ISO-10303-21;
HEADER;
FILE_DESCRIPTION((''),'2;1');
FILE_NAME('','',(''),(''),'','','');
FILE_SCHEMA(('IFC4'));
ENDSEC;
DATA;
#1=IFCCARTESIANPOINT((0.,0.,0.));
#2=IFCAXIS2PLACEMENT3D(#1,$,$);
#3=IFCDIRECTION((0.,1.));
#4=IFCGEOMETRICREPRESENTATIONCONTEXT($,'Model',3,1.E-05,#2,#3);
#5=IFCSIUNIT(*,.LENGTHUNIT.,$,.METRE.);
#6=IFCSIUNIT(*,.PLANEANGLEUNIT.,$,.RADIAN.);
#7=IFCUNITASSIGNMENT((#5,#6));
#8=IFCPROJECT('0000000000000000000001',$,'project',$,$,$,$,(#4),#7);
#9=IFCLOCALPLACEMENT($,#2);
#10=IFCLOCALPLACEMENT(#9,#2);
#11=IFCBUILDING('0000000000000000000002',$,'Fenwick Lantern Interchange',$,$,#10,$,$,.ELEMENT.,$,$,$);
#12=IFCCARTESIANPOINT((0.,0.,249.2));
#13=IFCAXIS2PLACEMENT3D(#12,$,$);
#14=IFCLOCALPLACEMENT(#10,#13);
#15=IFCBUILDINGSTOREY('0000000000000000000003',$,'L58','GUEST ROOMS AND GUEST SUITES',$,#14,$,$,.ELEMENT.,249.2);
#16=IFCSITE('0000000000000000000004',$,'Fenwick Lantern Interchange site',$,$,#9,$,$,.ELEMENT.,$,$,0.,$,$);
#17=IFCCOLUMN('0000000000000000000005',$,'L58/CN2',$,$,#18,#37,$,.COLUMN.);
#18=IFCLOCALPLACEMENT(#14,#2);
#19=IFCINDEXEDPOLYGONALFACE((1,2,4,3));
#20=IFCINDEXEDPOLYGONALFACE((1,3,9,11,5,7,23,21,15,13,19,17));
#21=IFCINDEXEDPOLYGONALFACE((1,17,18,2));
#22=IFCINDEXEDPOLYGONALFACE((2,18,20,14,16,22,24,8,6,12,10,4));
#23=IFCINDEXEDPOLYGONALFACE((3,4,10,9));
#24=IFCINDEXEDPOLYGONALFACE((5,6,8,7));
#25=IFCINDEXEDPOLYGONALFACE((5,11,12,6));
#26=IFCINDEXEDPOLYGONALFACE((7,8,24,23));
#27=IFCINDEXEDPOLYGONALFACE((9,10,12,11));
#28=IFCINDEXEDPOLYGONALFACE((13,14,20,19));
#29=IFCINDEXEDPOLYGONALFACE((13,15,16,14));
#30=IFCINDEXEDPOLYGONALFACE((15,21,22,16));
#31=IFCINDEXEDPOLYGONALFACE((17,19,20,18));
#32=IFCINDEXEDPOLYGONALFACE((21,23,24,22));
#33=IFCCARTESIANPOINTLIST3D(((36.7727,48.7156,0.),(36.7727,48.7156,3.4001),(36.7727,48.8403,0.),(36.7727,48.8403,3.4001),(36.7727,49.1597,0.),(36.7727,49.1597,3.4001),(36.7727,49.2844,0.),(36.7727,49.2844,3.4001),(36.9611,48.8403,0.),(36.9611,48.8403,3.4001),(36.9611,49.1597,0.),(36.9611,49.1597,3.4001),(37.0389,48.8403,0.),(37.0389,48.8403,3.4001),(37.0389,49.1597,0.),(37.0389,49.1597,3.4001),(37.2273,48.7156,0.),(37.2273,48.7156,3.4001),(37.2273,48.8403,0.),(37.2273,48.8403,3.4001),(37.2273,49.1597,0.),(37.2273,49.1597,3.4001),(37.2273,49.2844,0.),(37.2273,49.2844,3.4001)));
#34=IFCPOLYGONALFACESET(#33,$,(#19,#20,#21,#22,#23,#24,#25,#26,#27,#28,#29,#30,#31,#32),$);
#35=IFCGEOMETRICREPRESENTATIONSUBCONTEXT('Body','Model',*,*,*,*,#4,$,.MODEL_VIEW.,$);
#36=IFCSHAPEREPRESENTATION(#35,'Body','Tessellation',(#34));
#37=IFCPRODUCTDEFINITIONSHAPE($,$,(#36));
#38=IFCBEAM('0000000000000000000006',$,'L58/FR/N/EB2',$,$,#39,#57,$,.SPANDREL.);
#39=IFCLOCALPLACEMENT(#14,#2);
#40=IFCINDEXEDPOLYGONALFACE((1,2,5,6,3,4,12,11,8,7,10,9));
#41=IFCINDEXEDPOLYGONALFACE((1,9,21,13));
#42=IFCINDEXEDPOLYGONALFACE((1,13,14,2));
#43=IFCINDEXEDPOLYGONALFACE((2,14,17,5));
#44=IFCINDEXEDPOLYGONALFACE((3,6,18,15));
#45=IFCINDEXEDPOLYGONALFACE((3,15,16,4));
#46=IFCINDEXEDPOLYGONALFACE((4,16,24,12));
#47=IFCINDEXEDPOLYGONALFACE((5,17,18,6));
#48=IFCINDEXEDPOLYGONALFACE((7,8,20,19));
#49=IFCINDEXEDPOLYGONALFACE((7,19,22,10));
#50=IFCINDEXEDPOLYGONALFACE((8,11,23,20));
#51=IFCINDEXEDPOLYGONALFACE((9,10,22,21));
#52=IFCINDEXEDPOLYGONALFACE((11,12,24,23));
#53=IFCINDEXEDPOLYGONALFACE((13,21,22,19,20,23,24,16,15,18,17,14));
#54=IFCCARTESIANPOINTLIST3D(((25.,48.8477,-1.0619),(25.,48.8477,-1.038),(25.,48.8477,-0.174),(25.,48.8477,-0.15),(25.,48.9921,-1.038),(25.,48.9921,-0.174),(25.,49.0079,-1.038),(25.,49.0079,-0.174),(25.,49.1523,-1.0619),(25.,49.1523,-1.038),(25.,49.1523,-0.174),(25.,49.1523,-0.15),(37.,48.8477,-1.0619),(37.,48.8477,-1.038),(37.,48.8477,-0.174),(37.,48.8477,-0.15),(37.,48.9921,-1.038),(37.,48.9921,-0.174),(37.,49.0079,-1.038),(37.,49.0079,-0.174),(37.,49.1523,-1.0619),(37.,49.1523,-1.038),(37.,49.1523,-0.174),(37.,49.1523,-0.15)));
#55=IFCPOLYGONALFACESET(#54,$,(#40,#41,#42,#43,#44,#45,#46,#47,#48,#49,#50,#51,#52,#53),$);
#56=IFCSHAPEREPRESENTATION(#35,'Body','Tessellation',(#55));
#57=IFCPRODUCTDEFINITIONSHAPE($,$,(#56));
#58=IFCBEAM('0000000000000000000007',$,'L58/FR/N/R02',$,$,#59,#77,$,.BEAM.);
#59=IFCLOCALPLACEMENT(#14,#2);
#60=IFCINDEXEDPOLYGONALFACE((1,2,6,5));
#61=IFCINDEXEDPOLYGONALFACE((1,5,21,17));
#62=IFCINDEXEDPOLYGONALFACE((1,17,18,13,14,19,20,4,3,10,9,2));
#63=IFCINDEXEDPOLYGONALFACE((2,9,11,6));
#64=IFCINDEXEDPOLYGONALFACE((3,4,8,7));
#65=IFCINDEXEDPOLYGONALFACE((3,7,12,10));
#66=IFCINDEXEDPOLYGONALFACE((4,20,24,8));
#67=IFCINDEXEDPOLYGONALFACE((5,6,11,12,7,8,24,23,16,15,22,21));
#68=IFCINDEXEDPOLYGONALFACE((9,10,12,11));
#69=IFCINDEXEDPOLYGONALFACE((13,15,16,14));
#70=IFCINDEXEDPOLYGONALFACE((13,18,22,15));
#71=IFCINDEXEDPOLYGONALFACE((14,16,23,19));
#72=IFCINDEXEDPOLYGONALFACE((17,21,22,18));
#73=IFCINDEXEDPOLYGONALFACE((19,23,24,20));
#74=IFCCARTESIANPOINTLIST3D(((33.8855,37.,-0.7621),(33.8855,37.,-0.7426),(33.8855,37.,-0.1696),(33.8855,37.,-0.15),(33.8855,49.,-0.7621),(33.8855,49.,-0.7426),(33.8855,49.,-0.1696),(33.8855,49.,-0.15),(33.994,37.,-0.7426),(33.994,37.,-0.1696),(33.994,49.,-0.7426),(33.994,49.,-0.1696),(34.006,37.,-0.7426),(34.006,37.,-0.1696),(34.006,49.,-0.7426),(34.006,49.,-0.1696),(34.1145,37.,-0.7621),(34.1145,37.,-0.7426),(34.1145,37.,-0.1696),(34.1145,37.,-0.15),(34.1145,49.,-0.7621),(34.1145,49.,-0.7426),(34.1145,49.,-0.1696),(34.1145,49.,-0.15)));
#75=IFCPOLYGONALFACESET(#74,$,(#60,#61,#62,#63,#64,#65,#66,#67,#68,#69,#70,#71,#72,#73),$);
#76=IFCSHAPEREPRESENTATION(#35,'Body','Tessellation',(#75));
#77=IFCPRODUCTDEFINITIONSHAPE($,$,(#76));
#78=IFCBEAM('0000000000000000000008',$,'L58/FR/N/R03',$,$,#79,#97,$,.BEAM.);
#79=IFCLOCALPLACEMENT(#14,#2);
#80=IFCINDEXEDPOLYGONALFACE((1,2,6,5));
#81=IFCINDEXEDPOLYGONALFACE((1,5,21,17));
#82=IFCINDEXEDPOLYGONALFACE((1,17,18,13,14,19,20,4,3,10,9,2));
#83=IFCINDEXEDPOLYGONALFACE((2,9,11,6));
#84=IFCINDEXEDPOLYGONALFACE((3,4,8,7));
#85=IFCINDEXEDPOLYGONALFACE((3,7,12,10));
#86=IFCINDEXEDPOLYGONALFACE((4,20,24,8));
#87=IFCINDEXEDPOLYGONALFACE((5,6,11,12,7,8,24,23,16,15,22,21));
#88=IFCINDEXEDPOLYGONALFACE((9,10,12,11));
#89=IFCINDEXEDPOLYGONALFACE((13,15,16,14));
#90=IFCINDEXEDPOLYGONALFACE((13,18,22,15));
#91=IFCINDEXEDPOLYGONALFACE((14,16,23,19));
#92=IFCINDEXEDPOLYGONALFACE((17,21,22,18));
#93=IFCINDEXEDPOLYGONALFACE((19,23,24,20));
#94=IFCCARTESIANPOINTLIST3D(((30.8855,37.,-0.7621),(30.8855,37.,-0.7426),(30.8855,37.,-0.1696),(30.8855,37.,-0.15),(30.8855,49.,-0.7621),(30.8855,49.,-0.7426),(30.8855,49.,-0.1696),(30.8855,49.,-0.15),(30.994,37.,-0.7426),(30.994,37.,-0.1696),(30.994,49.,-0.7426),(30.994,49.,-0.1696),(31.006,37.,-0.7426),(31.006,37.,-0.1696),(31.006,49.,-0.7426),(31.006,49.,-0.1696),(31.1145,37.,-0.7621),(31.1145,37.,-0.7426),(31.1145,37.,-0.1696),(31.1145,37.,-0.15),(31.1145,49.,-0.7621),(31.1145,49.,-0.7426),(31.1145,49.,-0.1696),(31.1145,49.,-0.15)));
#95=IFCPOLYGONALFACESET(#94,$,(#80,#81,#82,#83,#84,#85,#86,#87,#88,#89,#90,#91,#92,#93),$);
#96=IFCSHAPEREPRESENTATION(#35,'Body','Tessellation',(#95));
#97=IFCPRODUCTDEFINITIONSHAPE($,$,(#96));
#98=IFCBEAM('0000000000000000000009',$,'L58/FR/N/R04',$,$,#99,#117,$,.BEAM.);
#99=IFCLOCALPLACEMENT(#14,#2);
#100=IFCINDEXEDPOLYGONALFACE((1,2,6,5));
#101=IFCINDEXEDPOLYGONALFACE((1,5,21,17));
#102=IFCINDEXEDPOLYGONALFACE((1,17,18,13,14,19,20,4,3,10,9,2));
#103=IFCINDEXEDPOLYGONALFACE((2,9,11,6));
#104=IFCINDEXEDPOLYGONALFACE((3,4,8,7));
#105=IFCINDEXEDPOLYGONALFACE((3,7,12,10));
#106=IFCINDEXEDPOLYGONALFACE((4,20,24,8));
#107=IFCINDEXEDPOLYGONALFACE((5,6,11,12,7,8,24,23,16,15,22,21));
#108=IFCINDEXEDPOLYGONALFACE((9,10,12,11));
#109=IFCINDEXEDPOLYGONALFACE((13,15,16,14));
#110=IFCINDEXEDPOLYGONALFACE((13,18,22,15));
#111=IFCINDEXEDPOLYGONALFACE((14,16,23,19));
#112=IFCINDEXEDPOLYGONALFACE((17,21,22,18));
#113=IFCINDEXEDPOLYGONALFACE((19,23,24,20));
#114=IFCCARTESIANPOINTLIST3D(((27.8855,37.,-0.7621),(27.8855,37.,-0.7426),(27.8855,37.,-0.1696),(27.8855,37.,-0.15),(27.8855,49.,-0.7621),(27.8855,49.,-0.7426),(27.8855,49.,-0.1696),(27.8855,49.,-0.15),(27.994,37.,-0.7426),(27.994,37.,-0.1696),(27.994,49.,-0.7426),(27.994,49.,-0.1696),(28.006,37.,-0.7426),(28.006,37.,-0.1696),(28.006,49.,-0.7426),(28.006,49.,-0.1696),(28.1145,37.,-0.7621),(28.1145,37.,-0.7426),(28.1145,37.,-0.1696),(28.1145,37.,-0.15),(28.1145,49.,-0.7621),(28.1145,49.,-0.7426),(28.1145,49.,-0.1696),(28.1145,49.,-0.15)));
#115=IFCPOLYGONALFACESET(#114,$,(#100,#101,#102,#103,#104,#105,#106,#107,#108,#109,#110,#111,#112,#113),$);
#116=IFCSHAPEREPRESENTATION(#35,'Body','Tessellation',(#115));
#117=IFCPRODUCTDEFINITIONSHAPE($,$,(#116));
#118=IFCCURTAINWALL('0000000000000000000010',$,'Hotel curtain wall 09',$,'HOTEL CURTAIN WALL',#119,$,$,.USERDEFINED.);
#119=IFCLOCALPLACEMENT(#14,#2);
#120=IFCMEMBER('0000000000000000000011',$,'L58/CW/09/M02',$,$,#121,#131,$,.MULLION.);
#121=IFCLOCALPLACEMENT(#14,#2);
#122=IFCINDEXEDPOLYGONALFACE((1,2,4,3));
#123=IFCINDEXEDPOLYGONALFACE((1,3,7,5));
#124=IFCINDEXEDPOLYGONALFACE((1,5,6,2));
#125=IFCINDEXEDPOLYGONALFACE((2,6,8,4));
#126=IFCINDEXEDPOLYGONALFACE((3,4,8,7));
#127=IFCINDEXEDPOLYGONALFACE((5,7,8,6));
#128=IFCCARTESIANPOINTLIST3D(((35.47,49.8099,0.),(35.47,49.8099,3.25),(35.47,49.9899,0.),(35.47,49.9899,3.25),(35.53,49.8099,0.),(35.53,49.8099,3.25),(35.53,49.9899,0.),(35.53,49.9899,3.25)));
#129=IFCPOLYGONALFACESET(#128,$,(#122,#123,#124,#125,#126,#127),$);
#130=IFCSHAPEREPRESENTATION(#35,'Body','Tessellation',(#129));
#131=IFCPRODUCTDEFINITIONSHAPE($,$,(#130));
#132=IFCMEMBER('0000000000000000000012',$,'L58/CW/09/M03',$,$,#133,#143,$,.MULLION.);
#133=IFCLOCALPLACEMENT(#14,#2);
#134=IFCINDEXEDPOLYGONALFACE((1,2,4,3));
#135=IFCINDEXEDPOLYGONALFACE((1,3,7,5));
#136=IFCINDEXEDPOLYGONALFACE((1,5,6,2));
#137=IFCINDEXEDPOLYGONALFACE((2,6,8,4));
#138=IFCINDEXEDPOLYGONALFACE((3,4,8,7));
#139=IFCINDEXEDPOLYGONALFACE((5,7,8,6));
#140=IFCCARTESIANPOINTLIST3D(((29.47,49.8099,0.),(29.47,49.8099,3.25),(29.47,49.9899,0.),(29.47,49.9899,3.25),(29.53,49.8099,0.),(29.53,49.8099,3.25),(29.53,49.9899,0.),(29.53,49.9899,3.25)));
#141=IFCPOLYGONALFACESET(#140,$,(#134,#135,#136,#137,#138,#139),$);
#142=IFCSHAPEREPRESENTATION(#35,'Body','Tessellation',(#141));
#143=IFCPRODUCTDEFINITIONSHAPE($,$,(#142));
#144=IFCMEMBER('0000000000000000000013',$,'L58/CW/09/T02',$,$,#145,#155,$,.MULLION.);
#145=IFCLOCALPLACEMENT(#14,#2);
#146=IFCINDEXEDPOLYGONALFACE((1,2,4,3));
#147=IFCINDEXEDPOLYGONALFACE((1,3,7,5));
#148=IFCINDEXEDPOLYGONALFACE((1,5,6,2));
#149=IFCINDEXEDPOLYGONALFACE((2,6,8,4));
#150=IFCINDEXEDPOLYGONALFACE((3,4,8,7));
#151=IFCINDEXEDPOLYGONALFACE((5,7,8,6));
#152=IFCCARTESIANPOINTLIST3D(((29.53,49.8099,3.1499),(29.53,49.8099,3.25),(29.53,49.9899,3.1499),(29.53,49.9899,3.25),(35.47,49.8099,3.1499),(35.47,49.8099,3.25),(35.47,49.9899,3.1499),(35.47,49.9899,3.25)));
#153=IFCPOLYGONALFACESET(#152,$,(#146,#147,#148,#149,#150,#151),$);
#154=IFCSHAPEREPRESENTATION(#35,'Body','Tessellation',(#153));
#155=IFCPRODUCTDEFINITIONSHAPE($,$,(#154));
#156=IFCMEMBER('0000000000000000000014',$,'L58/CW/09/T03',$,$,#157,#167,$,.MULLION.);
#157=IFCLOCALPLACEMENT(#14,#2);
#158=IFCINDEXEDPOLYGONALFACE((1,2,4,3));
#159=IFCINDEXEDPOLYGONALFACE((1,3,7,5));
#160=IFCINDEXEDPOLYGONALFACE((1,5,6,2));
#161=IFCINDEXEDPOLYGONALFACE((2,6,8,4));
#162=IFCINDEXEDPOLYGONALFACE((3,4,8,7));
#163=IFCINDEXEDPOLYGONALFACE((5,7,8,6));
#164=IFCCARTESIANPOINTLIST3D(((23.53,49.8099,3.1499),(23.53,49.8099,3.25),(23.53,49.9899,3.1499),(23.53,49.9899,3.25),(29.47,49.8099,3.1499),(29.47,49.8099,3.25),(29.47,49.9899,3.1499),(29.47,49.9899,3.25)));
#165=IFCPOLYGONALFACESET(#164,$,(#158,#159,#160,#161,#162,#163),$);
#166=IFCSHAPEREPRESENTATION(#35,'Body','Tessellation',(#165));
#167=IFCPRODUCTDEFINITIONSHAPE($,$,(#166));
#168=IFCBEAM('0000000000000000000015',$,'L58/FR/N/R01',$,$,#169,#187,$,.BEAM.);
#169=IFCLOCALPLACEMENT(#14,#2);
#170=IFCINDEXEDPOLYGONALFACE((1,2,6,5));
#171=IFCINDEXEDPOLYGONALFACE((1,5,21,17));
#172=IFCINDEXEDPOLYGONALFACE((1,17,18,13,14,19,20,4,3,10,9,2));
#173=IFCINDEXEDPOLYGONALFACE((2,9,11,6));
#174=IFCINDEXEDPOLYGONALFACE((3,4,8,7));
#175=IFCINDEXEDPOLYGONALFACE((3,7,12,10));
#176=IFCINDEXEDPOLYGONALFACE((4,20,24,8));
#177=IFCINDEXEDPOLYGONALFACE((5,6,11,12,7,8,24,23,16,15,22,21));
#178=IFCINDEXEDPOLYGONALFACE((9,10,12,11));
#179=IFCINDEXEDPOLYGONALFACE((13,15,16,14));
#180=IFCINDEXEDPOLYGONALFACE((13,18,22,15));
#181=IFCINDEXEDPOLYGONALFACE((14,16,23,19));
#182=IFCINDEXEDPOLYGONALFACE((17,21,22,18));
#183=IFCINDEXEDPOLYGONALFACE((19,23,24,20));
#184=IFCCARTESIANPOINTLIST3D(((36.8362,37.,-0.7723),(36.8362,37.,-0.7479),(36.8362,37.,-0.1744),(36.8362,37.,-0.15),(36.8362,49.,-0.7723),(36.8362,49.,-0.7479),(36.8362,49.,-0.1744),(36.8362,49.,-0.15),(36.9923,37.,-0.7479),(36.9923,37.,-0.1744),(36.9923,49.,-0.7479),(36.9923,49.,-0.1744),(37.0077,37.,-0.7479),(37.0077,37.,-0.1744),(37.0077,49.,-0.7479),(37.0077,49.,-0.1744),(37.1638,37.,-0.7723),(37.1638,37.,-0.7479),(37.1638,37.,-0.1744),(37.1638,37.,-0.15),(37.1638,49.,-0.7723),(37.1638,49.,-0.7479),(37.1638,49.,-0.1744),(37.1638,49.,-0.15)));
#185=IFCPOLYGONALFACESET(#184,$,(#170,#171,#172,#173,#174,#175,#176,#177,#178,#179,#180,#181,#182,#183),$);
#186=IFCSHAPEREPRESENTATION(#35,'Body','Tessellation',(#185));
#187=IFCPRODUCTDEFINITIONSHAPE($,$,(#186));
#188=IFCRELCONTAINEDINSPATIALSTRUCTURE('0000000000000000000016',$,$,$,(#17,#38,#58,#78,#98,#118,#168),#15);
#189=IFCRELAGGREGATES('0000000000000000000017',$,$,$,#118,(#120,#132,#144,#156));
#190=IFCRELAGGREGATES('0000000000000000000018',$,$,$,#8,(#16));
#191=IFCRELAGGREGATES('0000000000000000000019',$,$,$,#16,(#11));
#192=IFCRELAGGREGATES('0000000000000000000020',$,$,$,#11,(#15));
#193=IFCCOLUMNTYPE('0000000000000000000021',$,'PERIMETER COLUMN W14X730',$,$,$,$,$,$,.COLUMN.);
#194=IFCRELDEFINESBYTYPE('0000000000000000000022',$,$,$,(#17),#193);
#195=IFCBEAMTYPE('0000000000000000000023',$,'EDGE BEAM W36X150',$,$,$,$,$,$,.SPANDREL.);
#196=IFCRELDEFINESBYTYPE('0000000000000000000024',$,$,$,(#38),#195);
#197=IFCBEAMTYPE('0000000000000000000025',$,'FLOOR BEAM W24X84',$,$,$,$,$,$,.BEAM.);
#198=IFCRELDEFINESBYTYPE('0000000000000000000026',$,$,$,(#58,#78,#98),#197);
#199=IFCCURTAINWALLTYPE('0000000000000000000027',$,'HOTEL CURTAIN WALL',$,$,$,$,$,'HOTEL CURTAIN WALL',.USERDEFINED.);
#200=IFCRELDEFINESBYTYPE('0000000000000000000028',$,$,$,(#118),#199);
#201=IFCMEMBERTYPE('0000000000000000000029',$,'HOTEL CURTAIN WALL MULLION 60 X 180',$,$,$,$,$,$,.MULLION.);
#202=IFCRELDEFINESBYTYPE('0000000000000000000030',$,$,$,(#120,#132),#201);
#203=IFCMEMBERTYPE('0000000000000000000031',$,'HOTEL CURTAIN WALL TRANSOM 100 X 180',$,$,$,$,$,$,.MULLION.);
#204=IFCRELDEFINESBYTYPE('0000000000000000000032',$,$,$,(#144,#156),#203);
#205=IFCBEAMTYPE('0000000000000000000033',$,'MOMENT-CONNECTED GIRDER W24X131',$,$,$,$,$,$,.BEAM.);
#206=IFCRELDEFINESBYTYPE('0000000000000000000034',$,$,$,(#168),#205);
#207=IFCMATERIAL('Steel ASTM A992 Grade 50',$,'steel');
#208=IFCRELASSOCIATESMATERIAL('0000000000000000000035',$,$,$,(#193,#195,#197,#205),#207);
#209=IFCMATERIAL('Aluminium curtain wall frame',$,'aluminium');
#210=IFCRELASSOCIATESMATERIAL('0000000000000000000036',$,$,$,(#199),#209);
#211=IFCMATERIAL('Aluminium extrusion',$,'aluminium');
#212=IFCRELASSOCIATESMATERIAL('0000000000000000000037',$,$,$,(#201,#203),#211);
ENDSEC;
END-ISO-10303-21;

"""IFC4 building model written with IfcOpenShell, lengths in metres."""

from ifc_helpers import new_model, si_unit, direction, frame, origin, origin_2d, place, context, subcontext, project, spatial, rectangle, i_section, extrude, material, material_profile, profile_set, type_object, element, aggregate, save


model = new_model("IFC4")

# Units and contexts
model_context = context("Model", 3, precision=1e-05, world=origin(), true_north=direction((0.0, 1.0)))
body_context = subcontext(model_context, "Body", "Model", "MODEL_VIEW")
ifc_project = project(units=[si_unit("LENGTHUNIT", "METRE"), si_unit("PLANEANGLEUNIT", "RADIAN")], contexts=[model_context])

# Site, building, storey
site_placement = place(None, origin())
site = spatial("IfcSite", under=ifc_project, at=site_placement, Name="Fenwick Lantern Interchange site", CompositionType="ELEMENT", RefElevation=0.0)
building_placement = place(site_placement, origin())
building = spatial("IfcBuilding", under=site, at=building_placement, Name="Fenwick Lantern Interchange", CompositionType="ELEMENT")
storey_placement = place(building_placement, frame((0.0, 0.0, 249.2)))
storey = spatial("IfcBuildingStorey", under=building, at=storey_placement, Name="L58", Description="GUEST ROOMS AND GUEST SUITES", CompositionType="ELEMENT", Elevation=249.2)

# Column
ifc_material_1 = material(Name="Steel ASTM A992 Grade 50", Category="steel")
ifc_material_profile_1 = material_profile(ifc_material_1, i_section(OverallWidth=0.4546, OverallDepth=0.5688, WebThickness=0.0779, FlangeThickness=0.1248, at=origin_2d()), Name="W14X730")
ifc_profile_set_1 = profile_set([ifc_material_profile_1], Name="Steel ASTM A992 Grade 50")
column_type = type_object("IfcColumnType", Name="PERIMETER COLUMN W14X730", PredefinedType="COLUMN", material=ifc_profile_set_1)
column_placement = place(storey_placement, frame((37.0, 49.0, 0.0), z_axis=(0.0, 0.0, 1.0), x_axis=(1.0, 0.0, 0.0)))
element("IfcColumn", 1, at=column_placement, inside=storey, type_object=column_type, Name="L58/CN2", PredefinedType="COLUMN", context=body_context, shape_type="SweptSolid", body=[
    extrude(i_section(OverallWidth=0.4546, OverallDepth=0.5688, WebThickness=0.0779, FlangeThickness=0.1248, at=origin_2d()), origin(), (0.0, 0.0, 1.0), 3.4001),
])

# Beams
ifc_material_profile_2 = material_profile(ifc_material_1, i_section(OverallWidth=0.3047, OverallDepth=0.9119, WebThickness=0.0159, FlangeThickness=0.0239, at=origin_2d()), Name="W36X150")
ifc_profile_set_2 = profile_set([ifc_material_profile_2], Name="Steel ASTM A992 Grade 50")
beam_type_1 = type_object("IfcBeamType", Name="EDGE BEAM W36X150", PredefinedType="SPANDREL", material=ifc_profile_set_2)
beam_placement = place(storey_placement, frame((37.0, 49.0, -0.606), z_axis=(-1.0, 0.0, 0.0), x_axis=(0.0, -1.0, 0.0)))
element("IfcBeam", 2, at=beam_placement, inside=storey, type_object=beam_type_1, Name="L58/FR/N/EB2", PredefinedType="SPANDREL", context=body_context, shape_type="SweptSolid", body=[
    extrude(i_section(OverallWidth=0.3047, OverallDepth=0.9119, WebThickness=0.0159, FlangeThickness=0.0239, at=origin_2d()), origin(), (0.0, 0.0, 1.0), 12.0),
])
ifc_material_profile_3 = material_profile(ifc_material_1, i_section(OverallWidth=0.229, OverallDepth=0.6121, WebThickness=0.012, FlangeThickness=0.0195, at=origin_2d()), Name="W24X84")
ifc_profile_set_3 = profile_set([ifc_material_profile_3], Name="Steel ASTM A992 Grade 50")
beam_type_2 = type_object("IfcBeamType", Name="FLOOR BEAM W24X84", PredefinedType="BEAM", material=ifc_profile_set_3)
for number, where, z_axis, x_axis, name in (
    (3, (34.0, 49.0, -0.4561), (0.0, -1.0, 0.0), (1.0, 0.0, 0.0), "L58/FR/N/R02"),
    (4, (31.0, 49.0, -0.4561), (0.0, -1.0, 0.0), (1.0, 0.0, 0.0), "L58/FR/N/R03"),
    (5, (28.0, 49.0, -0.4561), (0.0, -1.0, 0.0), (1.0, 0.0, 0.0), "L58/FR/N/R04"),
):
    element("IfcBeam", number, at=place(storey_placement, frame(where, z_axis=z_axis, x_axis=x_axis)), inside=storey, type_object=beam_type_2, Name=name, PredefinedType="BEAM", context=body_context, shape_type="SweptSolid", body=[
        extrude(i_section(OverallWidth=0.229, OverallDepth=0.6121, WebThickness=0.012, FlangeThickness=0.0195, at=origin_2d()), origin(), (0.0, 0.0, 1.0), 12.0),
    ])

# Curtain wall, members
ifc_material_2 = material(Name="Aluminium curtain wall frame", Category="aluminium")
curtain_wall_type = type_object("IfcCurtainWallType", Name="HOTEL CURTAIN WALL", ElementType="HOTEL CURTAIN WALL", PredefinedType="USERDEFINED", material=ifc_material_2)
curtain_wall_placement = place(storey_placement, origin())
curtain_wall = element("IfcCurtainWall", 6, at=curtain_wall_placement, inside=storey, type_object=curtain_wall_type, Name="Hotel curtain wall 09", ObjectType="HOTEL CURTAIN WALL", PredefinedType="USERDEFINED")
ifc_material_3 = material(Name="Aluminium extrusion", Category="aluminium")
ifc_material_profile_4 = material_profile(ifc_material_3, rectangle(XDim=0.1799, YDim=0.0601, at=origin_2d()), Name="HOTEL CURTAIN WALL MULLION 60 X 180")
ifc_profile_set_4 = profile_set([ifc_material_profile_4], Name="Aluminium extrusion")
member_type_1 = type_object("IfcMemberType", Name="HOTEL CURTAIN WALL MULLION 60 X 180", PredefinedType="MULLION", material=ifc_profile_set_4)
member_1_placement = place(storey_placement, frame((35.5, 49.8999, 0.0), z_axis=(0.0, 0.0, 1.0), x_axis=(0.0, -1.0, 0.0)))
member_1 = element("IfcMember", 7, at=member_1_placement, type_object=member_type_1, Name="L58/CW/09/M02", PredefinedType="MULLION", context=body_context, shape_type="SweptSolid", body=[
    extrude(rectangle(XDim=0.1799, YDim=0.0601, at=origin_2d()), origin(), (0.0, 0.0, 1.0), 3.25),
])
member_2_placement = place(storey_placement, frame((29.5, 49.8999, 0.0), z_axis=(0.0, 0.0, 1.0), x_axis=(0.0, -1.0, 0.0)))
member_2 = element("IfcMember", 8, at=member_2_placement, type_object=member_type_1, Name="L58/CW/09/M03", PredefinedType="MULLION", context=body_context, shape_type="SweptSolid", body=[
    extrude(rectangle(XDim=0.1799, YDim=0.0601, at=origin_2d()), origin(), (0.0, 0.0, 1.0), 3.25),
])
ifc_material_profile_5 = material_profile(ifc_material_3, rectangle(XDim=0.1799, YDim=0.1001, at=origin_2d()), Name="HOTEL CURTAIN WALL TRANSOM 100 X 180")
ifc_profile_set_5 = profile_set([ifc_material_profile_5], Name="Aluminium extrusion")
member_type_2 = type_object("IfcMemberType", Name="HOTEL CURTAIN WALL TRANSOM 100 X 180", PredefinedType="MULLION", material=ifc_profile_set_5)
member_3_placement = place(storey_placement, frame((35.47, 49.8999, 3.2), z_axis=(-1.0, 0.0, 0.0), x_axis=(0.0, -1.0, 0.0)))
member_3 = element("IfcMember", 9, at=member_3_placement, type_object=member_type_2, Name="L58/CW/09/T02", PredefinedType="MULLION", context=body_context, shape_type="SweptSolid", body=[
    extrude(rectangle(XDim=0.1799, YDim=0.1001, at=origin_2d()), origin(), (0.0, 0.0, 1.0), 5.9399),
])
member_4_placement = place(storey_placement, frame((29.47, 49.8999, 3.2), z_axis=(-1.0, 0.0, 0.0), x_axis=(0.0, -1.0, 0.0)))
member_4 = element("IfcMember", 10, at=member_4_placement, type_object=member_type_2, Name="L58/CW/09/T03", PredefinedType="MULLION", context=body_context, shape_type="SweptSolid", body=[
    extrude(rectangle(XDim=0.1799, YDim=0.1001, at=origin_2d()), origin(), (0.0, 0.0, 1.0), 5.9399),
])
aggregate(curtain_wall, [member_1, member_2, member_3, member_4])

# Beam
ifc_material_profile_6 = material_profile(ifc_material_1, i_section(OverallWidth=0.3276, OverallDepth=0.6223, WebThickness=0.0154, FlangeThickness=0.0244, at=origin_2d()), Name="W24X131")
ifc_profile_set_6 = profile_set([ifc_material_profile_6], Name="Steel ASTM A992 Grade 50")
beam_type_3 = type_object("IfcBeamType", Name="MOMENT-CONNECTED GIRDER W24X131", PredefinedType="BEAM", material=ifc_profile_set_6)
for number, where, z_axis, x_axis, name in (
    (11, (37.0, 49.0, -0.4612), (0.0, -1.0, 0.0), (1.0, 0.0, 0.0), "L58/FR/N/R01"),
):
    element("IfcBeam", number, at=place(storey_placement, frame(where, z_axis=z_axis, x_axis=x_axis)), inside=storey, type_object=beam_type_3, Name=name, PredefinedType="BEAM", context=body_context, shape_type="SweptSolid", body=[
        extrude(i_section(OverallWidth=0.3276, OverallDepth=0.6223, WebThickness=0.0154, FlangeThickness=0.0244, at=origin_2d()), origin(), (0.0, 0.0, 1.0), 12.0),
    ])

save(model, "model.ifc")
